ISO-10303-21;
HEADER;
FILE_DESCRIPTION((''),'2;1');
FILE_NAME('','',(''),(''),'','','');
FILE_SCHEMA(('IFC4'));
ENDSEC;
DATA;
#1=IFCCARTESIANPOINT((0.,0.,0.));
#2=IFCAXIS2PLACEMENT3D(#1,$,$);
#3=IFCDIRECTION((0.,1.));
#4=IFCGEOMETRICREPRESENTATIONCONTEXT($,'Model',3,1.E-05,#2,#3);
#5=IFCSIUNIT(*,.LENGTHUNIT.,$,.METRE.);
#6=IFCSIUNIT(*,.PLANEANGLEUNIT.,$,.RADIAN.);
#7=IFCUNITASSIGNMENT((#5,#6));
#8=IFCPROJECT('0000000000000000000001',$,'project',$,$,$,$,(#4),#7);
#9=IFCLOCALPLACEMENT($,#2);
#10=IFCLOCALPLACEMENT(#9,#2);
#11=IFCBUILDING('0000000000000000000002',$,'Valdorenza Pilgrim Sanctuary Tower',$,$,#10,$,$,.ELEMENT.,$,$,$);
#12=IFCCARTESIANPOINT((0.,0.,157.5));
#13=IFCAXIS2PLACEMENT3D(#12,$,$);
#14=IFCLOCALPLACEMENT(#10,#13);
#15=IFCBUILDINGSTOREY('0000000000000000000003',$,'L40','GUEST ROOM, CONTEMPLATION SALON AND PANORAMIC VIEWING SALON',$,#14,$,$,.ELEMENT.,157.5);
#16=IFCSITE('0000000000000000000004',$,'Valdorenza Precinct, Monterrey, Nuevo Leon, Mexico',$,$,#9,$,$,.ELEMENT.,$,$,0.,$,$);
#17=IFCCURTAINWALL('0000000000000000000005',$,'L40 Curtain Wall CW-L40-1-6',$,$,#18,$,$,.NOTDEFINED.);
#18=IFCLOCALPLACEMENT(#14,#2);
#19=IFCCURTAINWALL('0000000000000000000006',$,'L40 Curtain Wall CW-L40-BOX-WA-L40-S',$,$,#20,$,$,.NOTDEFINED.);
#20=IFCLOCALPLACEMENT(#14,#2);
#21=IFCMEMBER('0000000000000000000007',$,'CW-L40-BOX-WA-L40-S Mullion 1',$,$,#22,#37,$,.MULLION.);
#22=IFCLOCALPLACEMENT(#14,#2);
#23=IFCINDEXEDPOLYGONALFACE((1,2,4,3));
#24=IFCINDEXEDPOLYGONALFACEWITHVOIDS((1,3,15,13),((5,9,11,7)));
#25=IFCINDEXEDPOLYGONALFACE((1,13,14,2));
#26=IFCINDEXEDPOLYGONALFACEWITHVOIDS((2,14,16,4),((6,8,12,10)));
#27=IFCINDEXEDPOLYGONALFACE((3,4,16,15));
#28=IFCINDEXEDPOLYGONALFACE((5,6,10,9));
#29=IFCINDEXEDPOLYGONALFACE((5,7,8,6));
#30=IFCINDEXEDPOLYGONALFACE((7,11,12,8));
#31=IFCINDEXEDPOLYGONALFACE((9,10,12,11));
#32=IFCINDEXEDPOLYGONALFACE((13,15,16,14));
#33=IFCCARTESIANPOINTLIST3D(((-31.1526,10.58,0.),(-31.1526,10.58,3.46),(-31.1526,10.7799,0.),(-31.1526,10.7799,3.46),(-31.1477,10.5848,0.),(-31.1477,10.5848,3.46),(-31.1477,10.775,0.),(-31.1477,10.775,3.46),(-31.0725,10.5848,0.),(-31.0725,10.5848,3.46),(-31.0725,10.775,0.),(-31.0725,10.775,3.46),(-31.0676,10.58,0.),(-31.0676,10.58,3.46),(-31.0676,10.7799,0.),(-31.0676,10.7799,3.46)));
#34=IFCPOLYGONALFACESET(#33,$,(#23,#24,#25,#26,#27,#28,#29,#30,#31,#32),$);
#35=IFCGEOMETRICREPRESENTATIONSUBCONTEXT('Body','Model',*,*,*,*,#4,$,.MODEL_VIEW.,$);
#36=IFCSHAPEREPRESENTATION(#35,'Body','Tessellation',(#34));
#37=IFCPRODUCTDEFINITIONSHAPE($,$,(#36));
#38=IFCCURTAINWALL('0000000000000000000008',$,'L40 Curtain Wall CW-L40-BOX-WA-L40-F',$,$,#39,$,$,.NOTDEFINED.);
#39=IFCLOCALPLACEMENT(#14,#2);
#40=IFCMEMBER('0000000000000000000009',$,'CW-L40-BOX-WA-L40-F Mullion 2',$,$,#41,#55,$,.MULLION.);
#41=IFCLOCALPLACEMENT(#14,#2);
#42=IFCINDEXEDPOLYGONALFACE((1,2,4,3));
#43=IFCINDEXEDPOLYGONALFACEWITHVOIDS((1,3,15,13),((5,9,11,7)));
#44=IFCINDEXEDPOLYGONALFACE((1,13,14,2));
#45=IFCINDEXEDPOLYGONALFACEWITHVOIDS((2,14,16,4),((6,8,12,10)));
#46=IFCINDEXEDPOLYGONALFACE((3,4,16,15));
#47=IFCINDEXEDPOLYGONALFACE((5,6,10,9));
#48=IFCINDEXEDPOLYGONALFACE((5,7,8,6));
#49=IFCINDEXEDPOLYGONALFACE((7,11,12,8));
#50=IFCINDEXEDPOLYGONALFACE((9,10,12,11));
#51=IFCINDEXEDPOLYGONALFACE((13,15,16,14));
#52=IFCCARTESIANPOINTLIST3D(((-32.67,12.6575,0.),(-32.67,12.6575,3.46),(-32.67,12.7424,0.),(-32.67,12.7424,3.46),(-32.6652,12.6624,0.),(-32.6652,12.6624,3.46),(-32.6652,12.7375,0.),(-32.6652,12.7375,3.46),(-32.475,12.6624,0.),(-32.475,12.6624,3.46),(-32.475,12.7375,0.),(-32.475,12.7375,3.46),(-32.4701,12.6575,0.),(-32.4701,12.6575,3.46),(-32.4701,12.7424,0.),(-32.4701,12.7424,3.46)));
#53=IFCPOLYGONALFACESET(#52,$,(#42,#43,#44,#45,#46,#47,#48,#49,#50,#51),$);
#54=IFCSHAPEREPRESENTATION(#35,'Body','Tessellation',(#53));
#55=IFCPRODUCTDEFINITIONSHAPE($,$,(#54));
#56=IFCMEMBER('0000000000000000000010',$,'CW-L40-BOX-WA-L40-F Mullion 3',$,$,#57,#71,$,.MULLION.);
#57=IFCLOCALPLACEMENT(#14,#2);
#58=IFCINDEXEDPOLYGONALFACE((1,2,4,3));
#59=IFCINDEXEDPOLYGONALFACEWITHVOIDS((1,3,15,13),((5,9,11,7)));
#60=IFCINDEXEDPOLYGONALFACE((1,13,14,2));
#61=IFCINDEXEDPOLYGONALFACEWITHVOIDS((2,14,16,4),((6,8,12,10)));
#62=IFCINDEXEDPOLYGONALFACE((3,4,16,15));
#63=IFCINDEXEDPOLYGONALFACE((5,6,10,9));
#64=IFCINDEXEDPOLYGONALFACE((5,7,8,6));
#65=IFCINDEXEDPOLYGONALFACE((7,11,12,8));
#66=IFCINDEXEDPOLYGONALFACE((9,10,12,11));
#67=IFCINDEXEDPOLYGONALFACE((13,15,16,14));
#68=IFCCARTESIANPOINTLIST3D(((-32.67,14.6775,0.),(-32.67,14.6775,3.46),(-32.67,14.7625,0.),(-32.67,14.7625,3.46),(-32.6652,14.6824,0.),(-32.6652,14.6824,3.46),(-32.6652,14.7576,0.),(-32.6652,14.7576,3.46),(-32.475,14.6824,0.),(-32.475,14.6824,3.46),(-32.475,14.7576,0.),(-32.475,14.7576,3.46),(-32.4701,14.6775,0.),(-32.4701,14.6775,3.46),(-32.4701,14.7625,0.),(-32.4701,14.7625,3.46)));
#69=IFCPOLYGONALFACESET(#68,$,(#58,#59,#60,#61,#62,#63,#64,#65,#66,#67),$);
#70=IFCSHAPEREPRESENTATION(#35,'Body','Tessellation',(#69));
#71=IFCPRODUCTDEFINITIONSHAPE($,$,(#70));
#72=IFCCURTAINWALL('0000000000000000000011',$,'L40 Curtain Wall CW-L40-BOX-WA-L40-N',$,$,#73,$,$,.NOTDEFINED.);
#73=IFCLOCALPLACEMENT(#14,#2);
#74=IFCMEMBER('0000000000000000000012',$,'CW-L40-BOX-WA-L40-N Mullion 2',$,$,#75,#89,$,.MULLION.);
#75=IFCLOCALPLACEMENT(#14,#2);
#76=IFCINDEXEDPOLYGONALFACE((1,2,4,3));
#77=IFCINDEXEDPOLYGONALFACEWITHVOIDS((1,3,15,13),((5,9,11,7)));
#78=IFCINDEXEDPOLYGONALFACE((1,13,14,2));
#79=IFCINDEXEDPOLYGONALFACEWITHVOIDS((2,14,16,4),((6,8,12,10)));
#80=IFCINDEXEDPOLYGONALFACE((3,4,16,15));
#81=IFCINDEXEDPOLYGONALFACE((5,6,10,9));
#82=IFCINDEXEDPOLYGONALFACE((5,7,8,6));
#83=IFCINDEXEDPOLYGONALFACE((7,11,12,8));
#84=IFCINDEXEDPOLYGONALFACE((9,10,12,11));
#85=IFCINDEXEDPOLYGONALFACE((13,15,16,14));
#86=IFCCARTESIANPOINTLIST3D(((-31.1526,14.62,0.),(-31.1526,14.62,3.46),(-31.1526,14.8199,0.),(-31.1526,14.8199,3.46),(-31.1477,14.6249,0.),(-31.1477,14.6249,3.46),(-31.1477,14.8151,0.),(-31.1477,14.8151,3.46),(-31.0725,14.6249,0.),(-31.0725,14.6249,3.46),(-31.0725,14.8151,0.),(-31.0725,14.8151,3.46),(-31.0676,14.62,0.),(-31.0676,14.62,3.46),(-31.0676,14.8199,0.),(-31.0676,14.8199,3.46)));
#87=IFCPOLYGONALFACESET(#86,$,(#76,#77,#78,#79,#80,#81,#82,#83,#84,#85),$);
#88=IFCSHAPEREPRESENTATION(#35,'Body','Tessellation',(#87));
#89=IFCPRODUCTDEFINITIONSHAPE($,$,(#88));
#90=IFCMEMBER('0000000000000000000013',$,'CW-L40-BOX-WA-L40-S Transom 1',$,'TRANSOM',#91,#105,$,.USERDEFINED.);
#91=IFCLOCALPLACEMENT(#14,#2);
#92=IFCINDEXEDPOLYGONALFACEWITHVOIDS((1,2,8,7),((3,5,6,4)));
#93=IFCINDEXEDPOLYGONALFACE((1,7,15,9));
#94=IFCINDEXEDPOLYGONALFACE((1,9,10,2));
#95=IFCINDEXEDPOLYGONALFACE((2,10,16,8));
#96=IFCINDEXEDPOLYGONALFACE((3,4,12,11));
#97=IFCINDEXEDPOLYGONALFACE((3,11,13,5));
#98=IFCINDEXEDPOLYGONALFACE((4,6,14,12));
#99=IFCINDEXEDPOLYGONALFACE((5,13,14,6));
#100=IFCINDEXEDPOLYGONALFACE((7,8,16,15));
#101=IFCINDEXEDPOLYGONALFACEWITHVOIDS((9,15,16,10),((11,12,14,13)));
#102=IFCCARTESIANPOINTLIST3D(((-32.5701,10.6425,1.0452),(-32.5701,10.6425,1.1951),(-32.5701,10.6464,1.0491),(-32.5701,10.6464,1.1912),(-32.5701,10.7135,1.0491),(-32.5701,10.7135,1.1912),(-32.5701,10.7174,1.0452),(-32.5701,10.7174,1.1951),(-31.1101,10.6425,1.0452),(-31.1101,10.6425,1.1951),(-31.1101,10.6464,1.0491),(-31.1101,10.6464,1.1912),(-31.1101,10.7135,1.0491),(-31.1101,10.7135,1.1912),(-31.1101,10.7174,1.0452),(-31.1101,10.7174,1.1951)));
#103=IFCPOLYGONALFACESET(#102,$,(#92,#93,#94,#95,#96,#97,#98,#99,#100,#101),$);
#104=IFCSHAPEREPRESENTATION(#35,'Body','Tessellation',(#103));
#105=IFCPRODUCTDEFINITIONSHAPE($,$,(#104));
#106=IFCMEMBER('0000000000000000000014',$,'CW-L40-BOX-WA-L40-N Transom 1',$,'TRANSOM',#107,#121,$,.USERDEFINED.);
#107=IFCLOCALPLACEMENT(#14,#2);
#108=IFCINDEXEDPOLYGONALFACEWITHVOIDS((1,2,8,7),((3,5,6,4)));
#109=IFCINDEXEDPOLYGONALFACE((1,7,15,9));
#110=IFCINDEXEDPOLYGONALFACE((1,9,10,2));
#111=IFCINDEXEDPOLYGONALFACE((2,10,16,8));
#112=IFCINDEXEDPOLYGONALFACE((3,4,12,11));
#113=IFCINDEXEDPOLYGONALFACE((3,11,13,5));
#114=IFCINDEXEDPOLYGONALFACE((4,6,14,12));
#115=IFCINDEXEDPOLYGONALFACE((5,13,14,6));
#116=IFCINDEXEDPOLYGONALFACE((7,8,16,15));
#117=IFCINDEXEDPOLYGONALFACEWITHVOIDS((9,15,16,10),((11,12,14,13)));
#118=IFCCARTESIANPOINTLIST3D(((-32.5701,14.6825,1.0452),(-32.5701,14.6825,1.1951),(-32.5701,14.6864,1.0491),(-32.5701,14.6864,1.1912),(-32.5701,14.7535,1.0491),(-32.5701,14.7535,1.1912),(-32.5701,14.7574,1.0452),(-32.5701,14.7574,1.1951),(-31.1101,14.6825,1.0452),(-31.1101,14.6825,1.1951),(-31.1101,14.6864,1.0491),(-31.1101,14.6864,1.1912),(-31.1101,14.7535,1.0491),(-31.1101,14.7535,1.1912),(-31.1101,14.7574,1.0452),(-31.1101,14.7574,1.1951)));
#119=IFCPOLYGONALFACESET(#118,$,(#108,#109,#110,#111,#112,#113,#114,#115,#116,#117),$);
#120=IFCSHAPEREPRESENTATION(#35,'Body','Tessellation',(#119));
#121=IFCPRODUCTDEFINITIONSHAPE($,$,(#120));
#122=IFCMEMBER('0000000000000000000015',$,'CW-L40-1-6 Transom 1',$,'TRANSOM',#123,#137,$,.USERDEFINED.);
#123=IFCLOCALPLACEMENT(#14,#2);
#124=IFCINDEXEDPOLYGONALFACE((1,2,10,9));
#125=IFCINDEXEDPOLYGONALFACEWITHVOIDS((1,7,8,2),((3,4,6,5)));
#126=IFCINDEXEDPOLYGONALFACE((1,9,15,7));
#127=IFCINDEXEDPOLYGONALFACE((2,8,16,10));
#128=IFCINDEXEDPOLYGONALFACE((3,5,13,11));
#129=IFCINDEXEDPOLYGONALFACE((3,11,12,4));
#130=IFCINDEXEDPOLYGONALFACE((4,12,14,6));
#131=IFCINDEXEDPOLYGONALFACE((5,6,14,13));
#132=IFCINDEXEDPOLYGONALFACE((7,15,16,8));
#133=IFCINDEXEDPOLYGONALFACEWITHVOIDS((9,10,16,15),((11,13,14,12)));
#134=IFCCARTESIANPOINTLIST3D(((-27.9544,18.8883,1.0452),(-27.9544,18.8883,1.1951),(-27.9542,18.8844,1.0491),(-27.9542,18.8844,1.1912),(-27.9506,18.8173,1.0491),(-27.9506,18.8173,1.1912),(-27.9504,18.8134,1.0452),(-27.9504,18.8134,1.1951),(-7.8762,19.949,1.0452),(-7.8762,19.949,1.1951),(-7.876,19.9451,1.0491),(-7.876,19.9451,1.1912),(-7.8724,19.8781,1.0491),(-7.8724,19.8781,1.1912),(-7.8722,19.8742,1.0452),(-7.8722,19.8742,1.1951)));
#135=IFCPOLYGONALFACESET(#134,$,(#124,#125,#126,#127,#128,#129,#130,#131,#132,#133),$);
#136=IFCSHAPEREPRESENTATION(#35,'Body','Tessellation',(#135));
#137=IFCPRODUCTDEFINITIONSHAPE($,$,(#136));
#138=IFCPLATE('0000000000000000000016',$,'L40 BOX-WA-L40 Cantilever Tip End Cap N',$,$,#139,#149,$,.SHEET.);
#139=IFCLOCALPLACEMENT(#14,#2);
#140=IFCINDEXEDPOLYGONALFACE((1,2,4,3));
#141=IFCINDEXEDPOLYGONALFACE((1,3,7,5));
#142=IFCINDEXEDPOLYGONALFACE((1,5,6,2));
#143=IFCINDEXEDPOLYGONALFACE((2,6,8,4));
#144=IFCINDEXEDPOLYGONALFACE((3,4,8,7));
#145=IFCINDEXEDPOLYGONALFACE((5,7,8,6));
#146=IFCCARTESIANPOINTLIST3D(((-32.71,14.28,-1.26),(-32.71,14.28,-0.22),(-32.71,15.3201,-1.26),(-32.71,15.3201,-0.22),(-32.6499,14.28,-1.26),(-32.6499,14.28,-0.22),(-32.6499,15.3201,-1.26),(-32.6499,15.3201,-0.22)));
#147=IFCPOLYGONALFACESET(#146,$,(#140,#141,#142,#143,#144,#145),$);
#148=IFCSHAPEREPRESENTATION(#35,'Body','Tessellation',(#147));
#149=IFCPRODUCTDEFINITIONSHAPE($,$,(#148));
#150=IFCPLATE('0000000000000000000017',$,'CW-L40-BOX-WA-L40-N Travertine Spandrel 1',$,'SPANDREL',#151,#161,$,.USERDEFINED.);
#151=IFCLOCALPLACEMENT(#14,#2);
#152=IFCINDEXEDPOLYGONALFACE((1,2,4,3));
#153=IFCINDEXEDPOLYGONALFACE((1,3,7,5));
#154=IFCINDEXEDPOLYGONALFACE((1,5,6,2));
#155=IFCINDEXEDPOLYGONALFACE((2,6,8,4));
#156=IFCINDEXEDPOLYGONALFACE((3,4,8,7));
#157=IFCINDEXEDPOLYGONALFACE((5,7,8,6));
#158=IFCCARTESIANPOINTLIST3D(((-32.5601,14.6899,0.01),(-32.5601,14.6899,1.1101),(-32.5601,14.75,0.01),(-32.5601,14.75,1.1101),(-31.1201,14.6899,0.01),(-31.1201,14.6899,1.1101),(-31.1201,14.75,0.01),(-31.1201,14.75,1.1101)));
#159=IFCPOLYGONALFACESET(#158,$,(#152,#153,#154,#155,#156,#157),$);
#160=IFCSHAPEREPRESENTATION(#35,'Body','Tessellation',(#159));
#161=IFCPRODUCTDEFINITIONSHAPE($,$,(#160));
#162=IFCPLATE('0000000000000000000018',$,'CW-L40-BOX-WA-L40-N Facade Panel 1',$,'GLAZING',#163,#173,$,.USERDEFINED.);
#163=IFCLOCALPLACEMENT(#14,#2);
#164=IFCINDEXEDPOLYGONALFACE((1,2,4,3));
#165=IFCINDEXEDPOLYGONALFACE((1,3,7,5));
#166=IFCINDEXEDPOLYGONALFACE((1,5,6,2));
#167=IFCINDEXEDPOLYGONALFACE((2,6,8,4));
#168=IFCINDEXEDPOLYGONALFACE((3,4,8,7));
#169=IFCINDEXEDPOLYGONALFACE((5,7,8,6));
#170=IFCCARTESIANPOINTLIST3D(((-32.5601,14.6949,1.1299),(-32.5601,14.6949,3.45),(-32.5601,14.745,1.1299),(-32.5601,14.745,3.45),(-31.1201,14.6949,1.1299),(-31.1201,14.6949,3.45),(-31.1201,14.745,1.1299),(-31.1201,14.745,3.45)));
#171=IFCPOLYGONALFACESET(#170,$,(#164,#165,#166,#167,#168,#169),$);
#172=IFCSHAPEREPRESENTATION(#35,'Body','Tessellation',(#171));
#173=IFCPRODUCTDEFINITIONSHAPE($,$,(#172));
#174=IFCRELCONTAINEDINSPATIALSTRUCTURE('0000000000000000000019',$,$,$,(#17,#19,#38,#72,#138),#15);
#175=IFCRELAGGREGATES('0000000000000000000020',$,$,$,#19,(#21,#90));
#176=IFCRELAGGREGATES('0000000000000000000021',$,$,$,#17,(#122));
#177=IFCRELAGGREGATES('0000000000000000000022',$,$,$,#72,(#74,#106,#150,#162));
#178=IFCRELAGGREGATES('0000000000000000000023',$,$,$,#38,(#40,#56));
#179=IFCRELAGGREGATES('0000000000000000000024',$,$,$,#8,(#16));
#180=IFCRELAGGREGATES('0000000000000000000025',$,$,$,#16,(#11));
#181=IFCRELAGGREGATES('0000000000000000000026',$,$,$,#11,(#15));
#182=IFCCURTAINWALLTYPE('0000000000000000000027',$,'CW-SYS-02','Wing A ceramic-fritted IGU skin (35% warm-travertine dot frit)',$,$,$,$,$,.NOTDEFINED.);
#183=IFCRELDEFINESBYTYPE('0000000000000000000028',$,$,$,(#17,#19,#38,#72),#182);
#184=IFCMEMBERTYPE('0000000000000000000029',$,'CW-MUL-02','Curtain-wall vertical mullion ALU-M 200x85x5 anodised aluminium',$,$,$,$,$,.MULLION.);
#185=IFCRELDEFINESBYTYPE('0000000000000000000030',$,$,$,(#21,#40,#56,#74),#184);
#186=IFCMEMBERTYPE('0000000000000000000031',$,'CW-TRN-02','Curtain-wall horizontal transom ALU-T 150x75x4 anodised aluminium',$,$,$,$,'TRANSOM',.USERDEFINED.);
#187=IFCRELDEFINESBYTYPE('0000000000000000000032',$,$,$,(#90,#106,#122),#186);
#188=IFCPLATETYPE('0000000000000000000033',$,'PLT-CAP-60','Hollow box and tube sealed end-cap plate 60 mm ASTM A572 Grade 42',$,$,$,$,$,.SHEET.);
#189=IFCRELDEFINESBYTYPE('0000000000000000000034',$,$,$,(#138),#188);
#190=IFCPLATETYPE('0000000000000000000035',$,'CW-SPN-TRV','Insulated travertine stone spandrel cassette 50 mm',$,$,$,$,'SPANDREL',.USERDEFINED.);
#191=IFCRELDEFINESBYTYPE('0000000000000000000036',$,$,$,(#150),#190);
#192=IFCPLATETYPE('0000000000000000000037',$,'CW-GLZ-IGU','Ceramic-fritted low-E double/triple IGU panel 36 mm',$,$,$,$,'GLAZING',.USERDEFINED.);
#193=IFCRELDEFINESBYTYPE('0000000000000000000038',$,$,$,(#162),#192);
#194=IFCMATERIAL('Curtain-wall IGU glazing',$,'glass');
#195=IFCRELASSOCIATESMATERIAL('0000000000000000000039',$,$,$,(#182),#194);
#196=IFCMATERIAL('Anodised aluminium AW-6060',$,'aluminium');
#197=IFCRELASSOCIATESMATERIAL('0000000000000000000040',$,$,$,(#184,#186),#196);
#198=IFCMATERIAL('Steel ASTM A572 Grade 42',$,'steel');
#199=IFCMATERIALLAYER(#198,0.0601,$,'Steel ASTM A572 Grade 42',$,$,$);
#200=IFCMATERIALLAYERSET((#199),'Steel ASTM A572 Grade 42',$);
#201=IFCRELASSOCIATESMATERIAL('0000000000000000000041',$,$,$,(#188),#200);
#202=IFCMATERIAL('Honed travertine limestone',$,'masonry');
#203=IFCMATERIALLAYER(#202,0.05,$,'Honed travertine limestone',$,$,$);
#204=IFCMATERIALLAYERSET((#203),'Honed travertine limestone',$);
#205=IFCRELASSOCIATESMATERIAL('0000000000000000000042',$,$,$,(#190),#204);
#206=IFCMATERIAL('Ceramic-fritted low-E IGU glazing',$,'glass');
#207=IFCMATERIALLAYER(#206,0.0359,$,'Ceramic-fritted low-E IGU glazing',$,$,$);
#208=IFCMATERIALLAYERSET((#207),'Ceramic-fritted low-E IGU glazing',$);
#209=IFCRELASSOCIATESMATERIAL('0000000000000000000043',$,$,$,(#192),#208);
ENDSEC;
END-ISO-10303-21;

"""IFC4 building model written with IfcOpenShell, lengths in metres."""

from ifc_helpers import new_model, si_unit, direction, frame, origin, origin_2d, place, context, subcontext, project, spatial, rectangle, hollow_rectangle, extrude, source, transform, mapped, material, layer, layer_set, material_profile, profile_set, type_object, element, aggregate, save


model = new_model("IFC4")

# Units and contexts
model_context = context("Model", 3, precision=1e-05, world=origin(), true_north=direction((0.0, 1.0)))
body_context = subcontext(model_context, "Body", "Model", "MODEL_VIEW")
ifc_project = project(units=[si_unit("LENGTHUNIT", "METRE"), si_unit("PLANEANGLEUNIT", "RADIAN")], contexts=[model_context])

# Site, building, storey
site_placement = place(None, origin())
site = spatial("IfcSite", under=ifc_project, at=site_placement, Name="Valdorenza Precinct, Monterrey, Nuevo Leon, Mexico", CompositionType="ELEMENT", RefElevation=0.0)
building_placement = place(site_placement, origin())
building = spatial("IfcBuilding", under=site, at=building_placement, Name="Valdorenza Pilgrim Sanctuary Tower", CompositionType="ELEMENT")
storey_placement = place(building_placement, frame((0.0, 0.0, 157.5)))
storey = spatial("IfcBuildingStorey", under=building, at=storey_placement, Name="L40", Description="GUEST ROOM, CONTEMPLATION SALON AND PANORAMIC VIEWING SALON", CompositionType="ELEMENT", Elevation=157.5)

# Shared definitions
ifc_material_1 = material(Name="Steel ASTM A572 Grade 42", Category="steel")

# Curtain walls, member
ifc_material_2 = material(Name="Curtain-wall IGU glazing", Category="glass")
curtain_wall_type = type_object("IfcCurtainWallType", Name="CW-SYS-02", Description="Wing A ceramic-fritted IGU skin (35% warm-travertine dot frit)", PredefinedType="NOTDEFINED", material=ifc_material_2)
curtain_wall_1_placement = place(storey_placement, origin())
curtain_wall_1 = element("IfcCurtainWall", 1, at=curtain_wall_1_placement, inside=storey, type_object=curtain_wall_type, Name="L40 Curtain Wall CW-L40-1-6", PredefinedType="NOTDEFINED")
ifc_material_3 = material(Name="Anodised aluminium AW-6060", Category="aluminium")
ifc_material_profile_1 = material_profile(ifc_material_3, hollow_rectangle(XDim=0.085, YDim=0.2, WallThickness=0.0049, at=origin_2d()), Name="ALU-M 200x85x5")
ifc_profile_set_1 = profile_set([ifc_material_profile_1], Name="Anodised aluminium AW-6060")
member_type_1 = type_object("IfcMemberType", Name="CW-MUL-02", Description="Curtain-wall vertical mullion ALU-M 200x85x5 anodised aluminium", PredefinedType="MULLION", material=ifc_profile_set_1)
shared_shape_1 = source(origin(), body_context, "Body", "SweptSolid", [
    extrude(hollow_rectangle(XDim=0.085, YDim=0.2, WallThickness=0.0049, at=origin_2d()), origin(), (0.0, 0.0, 1.0), 3.46),
])
curtain_wall_2_placement = place(storey_placement, origin())
curtain_wall_2 = element("IfcCurtainWall", 2, at=curtain_wall_2_placement, inside=storey, type_object=curtain_wall_type, Name="L40 Curtain Wall CW-L40-BOX-WA-L40-S", PredefinedType="NOTDEFINED")
member_1_placement = place(storey_placement, frame((-31.1101, 10.6799, 0.0), z_axis=(0.0, 0.0, 1.0), x_axis=(-1.0, 0.0, 0.0)))
member_1 = element("IfcMember", 3, at=member_1_placement, type_object=member_type_1, Name="CW-L40-BOX-WA-L40-S Mullion 1", PredefinedType="MULLION", context=body_context, shape_type="MappedRepresentation", body=[
    mapped(shared_shape_1, transform((0.0, 0.0, 0.0), x_axis=(1.0, 0.0, 0.0), y_axis=(0.0, 1.0, 0.0), z_axis=(0.0, 0.0, 1.0), scale=1.0)),
])

# Curtain wall, members
curtain_wall_3_placement = place(storey_placement, origin())
curtain_wall_3 = element("IfcCurtainWall", 4, at=curtain_wall_3_placement, inside=storey, type_object=curtain_wall_type, Name="L40 Curtain Wall CW-L40-BOX-WA-L40-F", PredefinedType="NOTDEFINED")
member_2_placement = place(storey_placement, frame((-32.5701, 12.7, 0.0), z_axis=(0.0, 0.0, 1.0), x_axis=(0.0, 1.0, 0.0)))
member_2 = element("IfcMember", 5, at=member_2_placement, type_object=member_type_1, Name="CW-L40-BOX-WA-L40-F Mullion 2", PredefinedType="MULLION", context=body_context, shape_type="MappedRepresentation", body=[
    mapped(shared_shape_1, transform((0.0, 0.0, 0.0), x_axis=(1.0, 0.0, 0.0), y_axis=(0.0, 1.0, 0.0), z_axis=(0.0, 0.0, 1.0), scale=1.0)),
])
member_3_placement = place(storey_placement, frame((-32.5701, 14.72, 0.0), z_axis=(0.0, 0.0, 1.0), x_axis=(0.0, 1.0, 0.0)))
member_3 = element("IfcMember", 6, at=member_3_placement, type_object=member_type_1, Name="CW-L40-BOX-WA-L40-F Mullion 3", PredefinedType="MULLION", context=body_context, shape_type="MappedRepresentation", body=[
    mapped(shared_shape_1, transform((0.0, 0.0, 0.0), x_axis=(1.0, 0.0, 0.0), y_axis=(0.0, 1.0, 0.0), z_axis=(0.0, 0.0, 1.0), scale=1.0)),
])

# Curtain wall, member
curtain_wall_4_placement = place(storey_placement, origin())
curtain_wall_4 = element("IfcCurtainWall", 7, at=curtain_wall_4_placement, inside=storey, type_object=curtain_wall_type, Name="L40 Curtain Wall CW-L40-BOX-WA-L40-N", PredefinedType="NOTDEFINED")
member_4_placement = place(storey_placement, frame((-31.1101, 14.72, 0.0), z_axis=(0.0, 0.0, 1.0), x_axis=(1.0, 0.0, 0.0)))
member_4 = element("IfcMember", 8, at=member_4_placement, type_object=member_type_1, Name="CW-L40-BOX-WA-L40-N Mullion 2", PredefinedType="MULLION", context=body_context, shape_type="MappedRepresentation", body=[
    mapped(shared_shape_1, transform((0.0, 0.0, 0.0), x_axis=(1.0, 0.0, 0.0), y_axis=(0.0, 1.0, 0.0), z_axis=(0.0, 0.0, 1.0), scale=1.0)),
])

# Members
ifc_material_profile_2 = material_profile(ifc_material_3, hollow_rectangle(XDim=0.075, YDim=0.1499, WallThickness=0.0039, at=origin_2d()), Name="ALU-T 150x75x4")
ifc_profile_set_2 = profile_set([ifc_material_profile_2], Name="Anodised aluminium AW-6060")
member_type_2 = type_object("IfcMemberType", Name="CW-TRN-02", Description="Curtain-wall horizontal transom ALU-T 150x75x4 anodised aluminium", ElementType="TRANSOM", PredefinedType="USERDEFINED", material=ifc_profile_set_2)
shared_shape_2 = source(origin(), body_context, "Body", "SweptSolid", [
    extrude(hollow_rectangle(XDim=0.075, YDim=0.1499, WallThickness=0.0039, at=origin_2d()), origin(), (0.0, 0.0, 1.0), 1.46),
])
member_5_placement = place(storey_placement, frame((-31.1101, 10.6799, 1.1201), z_axis=(-1.0, 0.0, 0.0), x_axis=(0.0, -1.0, 0.0)))
member_5 = element("IfcMember", 9, at=member_5_placement, type_object=member_type_2, Name="CW-L40-BOX-WA-L40-S Transom 1", ObjectType="TRANSOM", PredefinedType="USERDEFINED", context=body_context, shape_type="MappedRepresentation", body=[
    mapped(shared_shape_2, transform((0.0, 0.0, 0.0), x_axis=(1.0, 0.0, 0.0), y_axis=(0.0, 1.0, 0.0), z_axis=(0.0, 0.0, 1.0), scale=1.0)),
])
aggregate(curtain_wall_2, [member_1, member_5])
member_6_placement = place(storey_placement, frame((-32.5701, 14.72, 1.1201), z_axis=(1.0, 0.0, 0.0), x_axis=(0.0, 1.0, 0.0)))
member_6 = element("IfcMember", 10, at=member_6_placement, type_object=member_type_2, Name="CW-L40-BOX-WA-L40-N Transom 1", ObjectType="TRANSOM", PredefinedType="USERDEFINED", context=body_context, shape_type="MappedRepresentation", body=[
    mapped(shared_shape_2, transform((0.0, 0.0, 0.0), x_axis=(1.0, 0.0, 0.0), y_axis=(0.0, 1.0, 0.0), z_axis=(0.0, 0.0, 1.0), scale=1.0)),
])
shared_shape_3 = source(origin(), body_context, "Body", "SweptSolid", [
    extrude(hollow_rectangle(XDim=0.075, YDim=0.1499, WallThickness=0.0039, at=origin_2d()), origin(), (0.0, 0.0, 1.0), 20.1062),
])
member_7_placement = place(storey_placement, frame((-27.9524, 18.8508, 1.1201), z_axis=(0.998607, 0.05276, 0.0), x_axis=(-0.05276, 0.998607, 0.0)))
member_7 = element("IfcMember", 11, at=member_7_placement, type_object=member_type_2, Name="CW-L40-1-6 Transom 1", ObjectType="TRANSOM", PredefinedType="USERDEFINED", context=body_context, shape_type="MappedRepresentation", body=[
    mapped(shared_shape_3, transform((0.0, 0.0, 0.0), x_axis=(1.0, 0.0, 0.0), y_axis=(0.0, 1.0, 0.0), z_axis=(0.0, 0.0, 1.0), scale=1.0)),
])
aggregate(curtain_wall_1, [member_7])

# Plates
ifc_layer_1 = layer(ifc_material_1, 0.0601, Name="Steel ASTM A572 Grade 42")
ifc_layer_set_1 = layer_set([ifc_layer_1], Name="Steel ASTM A572 Grade 42")
plate_type_1 = type_object("IfcPlateType", Name="PLT-CAP-60", Description="Hollow box and tube sealed end-cap plate 60 mm ASTM A572 Grade 42", PredefinedType="SHEET", material=ifc_layer_set_1)
shared_shape_4 = source(origin(), body_context, "Body", "SweptSolid", [
    extrude(rectangle(XDim=0.0601, YDim=1.04, at=origin_2d()), origin(), (0.0, 0.0, 1.0), 1.04),
])
plate_1_placement = place(storey_placement, frame((-32.6799, 14.8, -1.26), z_axis=(0.0, 0.0, 1.0), x_axis=(1.0, 0.0, 0.0)))
element("IfcPlate", 12, at=plate_1_placement, inside=storey, type_object=plate_type_1, Name="L40 BOX-WA-L40 Cantilever Tip End Cap N", PredefinedType="SHEET", context=body_context, shape_type="MappedRepresentation", body=[
    mapped(shared_shape_4, transform((0.0, 0.0, 0.0), x_axis=(1.0, 0.0, 0.0), y_axis=(0.0, 1.0, 0.0), z_axis=(0.0, 0.0, 1.0), scale=1.0)),
])
ifc_material_4 = material(Name="Honed travertine limestone", Category="masonry")
ifc_layer_2 = layer(ifc_material_4, 0.05, Name="Honed travertine limestone")
ifc_layer_set_2 = layer_set([ifc_layer_2], Name="Honed travertine limestone")
plate_type_2 = type_object("IfcPlateType", Name="CW-SPN-TRV", Description="Insulated travertine stone spandrel cassette 50 mm", ElementType="SPANDREL", PredefinedType="USERDEFINED", material=ifc_layer_set_2)
shared_shape_5 = source(origin(), body_context, "Body", "SweptSolid", [
    extrude(rectangle(XDim=1.4399, YDim=0.0601, at=origin_2d()), origin(), (0.0, 0.0, 1.0), 1.1001),
])
plate_2_placement = place(storey_placement, frame((-31.8401, 14.72, 0.01), z_axis=(0.0, 0.0, 1.0), x_axis=(1.0, 0.0, 0.0)))
plate_2 = element("IfcPlate", 13, at=plate_2_placement, type_object=plate_type_2, Name="CW-L40-BOX-WA-L40-N Travertine Spandrel 1", ObjectType="SPANDREL", PredefinedType="USERDEFINED", context=body_context, shape_type="MappedRepresentation", body=[
    mapped(shared_shape_5, transform((0.0, 0.0, 0.0), x_axis=(1.0, 0.0, 0.0), y_axis=(0.0, 1.0, 0.0), z_axis=(0.0, 0.0, 1.0), scale=1.0)),
])
ifc_material_5 = material(Name="Ceramic-fritted low-E IGU glazing", Category="glass")
ifc_layer_3 = layer(ifc_material_5, 0.0359, Name="Ceramic-fritted low-E IGU glazing")
ifc_layer_set_3 = layer_set([ifc_layer_3], Name="Ceramic-fritted low-E IGU glazing")
plate_type_3 = type_object("IfcPlateType", Name="CW-GLZ-IGU", Description="Ceramic-fritted low-E double/triple IGU panel 36 mm", ElementType="GLAZING", PredefinedType="USERDEFINED", material=ifc_layer_set_3)
shared_shape_6 = source(origin(), body_context, "Body", "SweptSolid", [
    extrude(rectangle(XDim=1.4399, YDim=0.05, at=origin_2d()), origin(), (0.0, 0.0, 1.0), 2.3201),
])
plate_3_placement = place(storey_placement, frame((-31.8401, 14.72, 1.1299), z_axis=(0.0, 0.0, 1.0), x_axis=(1.0, 0.0, 0.0)))
plate_3 = element("IfcPlate", 14, at=plate_3_placement, type_object=plate_type_3, Name="CW-L40-BOX-WA-L40-N Facade Panel 1", ObjectType="GLAZING", PredefinedType="USERDEFINED", context=body_context, shape_type="MappedRepresentation", body=[
    mapped(shared_shape_6, transform((0.0, 0.0, 0.0), x_axis=(1.0, 0.0, 0.0), y_axis=(0.0, 1.0, 0.0), z_axis=(0.0, 0.0, 1.0), scale=1.0)),
])
aggregate(curtain_wall_4, [member_4, member_6, plate_2, plate_3])
aggregate(curtain_wall_3, [member_2, member_3])

save(model, "model.ifc")
